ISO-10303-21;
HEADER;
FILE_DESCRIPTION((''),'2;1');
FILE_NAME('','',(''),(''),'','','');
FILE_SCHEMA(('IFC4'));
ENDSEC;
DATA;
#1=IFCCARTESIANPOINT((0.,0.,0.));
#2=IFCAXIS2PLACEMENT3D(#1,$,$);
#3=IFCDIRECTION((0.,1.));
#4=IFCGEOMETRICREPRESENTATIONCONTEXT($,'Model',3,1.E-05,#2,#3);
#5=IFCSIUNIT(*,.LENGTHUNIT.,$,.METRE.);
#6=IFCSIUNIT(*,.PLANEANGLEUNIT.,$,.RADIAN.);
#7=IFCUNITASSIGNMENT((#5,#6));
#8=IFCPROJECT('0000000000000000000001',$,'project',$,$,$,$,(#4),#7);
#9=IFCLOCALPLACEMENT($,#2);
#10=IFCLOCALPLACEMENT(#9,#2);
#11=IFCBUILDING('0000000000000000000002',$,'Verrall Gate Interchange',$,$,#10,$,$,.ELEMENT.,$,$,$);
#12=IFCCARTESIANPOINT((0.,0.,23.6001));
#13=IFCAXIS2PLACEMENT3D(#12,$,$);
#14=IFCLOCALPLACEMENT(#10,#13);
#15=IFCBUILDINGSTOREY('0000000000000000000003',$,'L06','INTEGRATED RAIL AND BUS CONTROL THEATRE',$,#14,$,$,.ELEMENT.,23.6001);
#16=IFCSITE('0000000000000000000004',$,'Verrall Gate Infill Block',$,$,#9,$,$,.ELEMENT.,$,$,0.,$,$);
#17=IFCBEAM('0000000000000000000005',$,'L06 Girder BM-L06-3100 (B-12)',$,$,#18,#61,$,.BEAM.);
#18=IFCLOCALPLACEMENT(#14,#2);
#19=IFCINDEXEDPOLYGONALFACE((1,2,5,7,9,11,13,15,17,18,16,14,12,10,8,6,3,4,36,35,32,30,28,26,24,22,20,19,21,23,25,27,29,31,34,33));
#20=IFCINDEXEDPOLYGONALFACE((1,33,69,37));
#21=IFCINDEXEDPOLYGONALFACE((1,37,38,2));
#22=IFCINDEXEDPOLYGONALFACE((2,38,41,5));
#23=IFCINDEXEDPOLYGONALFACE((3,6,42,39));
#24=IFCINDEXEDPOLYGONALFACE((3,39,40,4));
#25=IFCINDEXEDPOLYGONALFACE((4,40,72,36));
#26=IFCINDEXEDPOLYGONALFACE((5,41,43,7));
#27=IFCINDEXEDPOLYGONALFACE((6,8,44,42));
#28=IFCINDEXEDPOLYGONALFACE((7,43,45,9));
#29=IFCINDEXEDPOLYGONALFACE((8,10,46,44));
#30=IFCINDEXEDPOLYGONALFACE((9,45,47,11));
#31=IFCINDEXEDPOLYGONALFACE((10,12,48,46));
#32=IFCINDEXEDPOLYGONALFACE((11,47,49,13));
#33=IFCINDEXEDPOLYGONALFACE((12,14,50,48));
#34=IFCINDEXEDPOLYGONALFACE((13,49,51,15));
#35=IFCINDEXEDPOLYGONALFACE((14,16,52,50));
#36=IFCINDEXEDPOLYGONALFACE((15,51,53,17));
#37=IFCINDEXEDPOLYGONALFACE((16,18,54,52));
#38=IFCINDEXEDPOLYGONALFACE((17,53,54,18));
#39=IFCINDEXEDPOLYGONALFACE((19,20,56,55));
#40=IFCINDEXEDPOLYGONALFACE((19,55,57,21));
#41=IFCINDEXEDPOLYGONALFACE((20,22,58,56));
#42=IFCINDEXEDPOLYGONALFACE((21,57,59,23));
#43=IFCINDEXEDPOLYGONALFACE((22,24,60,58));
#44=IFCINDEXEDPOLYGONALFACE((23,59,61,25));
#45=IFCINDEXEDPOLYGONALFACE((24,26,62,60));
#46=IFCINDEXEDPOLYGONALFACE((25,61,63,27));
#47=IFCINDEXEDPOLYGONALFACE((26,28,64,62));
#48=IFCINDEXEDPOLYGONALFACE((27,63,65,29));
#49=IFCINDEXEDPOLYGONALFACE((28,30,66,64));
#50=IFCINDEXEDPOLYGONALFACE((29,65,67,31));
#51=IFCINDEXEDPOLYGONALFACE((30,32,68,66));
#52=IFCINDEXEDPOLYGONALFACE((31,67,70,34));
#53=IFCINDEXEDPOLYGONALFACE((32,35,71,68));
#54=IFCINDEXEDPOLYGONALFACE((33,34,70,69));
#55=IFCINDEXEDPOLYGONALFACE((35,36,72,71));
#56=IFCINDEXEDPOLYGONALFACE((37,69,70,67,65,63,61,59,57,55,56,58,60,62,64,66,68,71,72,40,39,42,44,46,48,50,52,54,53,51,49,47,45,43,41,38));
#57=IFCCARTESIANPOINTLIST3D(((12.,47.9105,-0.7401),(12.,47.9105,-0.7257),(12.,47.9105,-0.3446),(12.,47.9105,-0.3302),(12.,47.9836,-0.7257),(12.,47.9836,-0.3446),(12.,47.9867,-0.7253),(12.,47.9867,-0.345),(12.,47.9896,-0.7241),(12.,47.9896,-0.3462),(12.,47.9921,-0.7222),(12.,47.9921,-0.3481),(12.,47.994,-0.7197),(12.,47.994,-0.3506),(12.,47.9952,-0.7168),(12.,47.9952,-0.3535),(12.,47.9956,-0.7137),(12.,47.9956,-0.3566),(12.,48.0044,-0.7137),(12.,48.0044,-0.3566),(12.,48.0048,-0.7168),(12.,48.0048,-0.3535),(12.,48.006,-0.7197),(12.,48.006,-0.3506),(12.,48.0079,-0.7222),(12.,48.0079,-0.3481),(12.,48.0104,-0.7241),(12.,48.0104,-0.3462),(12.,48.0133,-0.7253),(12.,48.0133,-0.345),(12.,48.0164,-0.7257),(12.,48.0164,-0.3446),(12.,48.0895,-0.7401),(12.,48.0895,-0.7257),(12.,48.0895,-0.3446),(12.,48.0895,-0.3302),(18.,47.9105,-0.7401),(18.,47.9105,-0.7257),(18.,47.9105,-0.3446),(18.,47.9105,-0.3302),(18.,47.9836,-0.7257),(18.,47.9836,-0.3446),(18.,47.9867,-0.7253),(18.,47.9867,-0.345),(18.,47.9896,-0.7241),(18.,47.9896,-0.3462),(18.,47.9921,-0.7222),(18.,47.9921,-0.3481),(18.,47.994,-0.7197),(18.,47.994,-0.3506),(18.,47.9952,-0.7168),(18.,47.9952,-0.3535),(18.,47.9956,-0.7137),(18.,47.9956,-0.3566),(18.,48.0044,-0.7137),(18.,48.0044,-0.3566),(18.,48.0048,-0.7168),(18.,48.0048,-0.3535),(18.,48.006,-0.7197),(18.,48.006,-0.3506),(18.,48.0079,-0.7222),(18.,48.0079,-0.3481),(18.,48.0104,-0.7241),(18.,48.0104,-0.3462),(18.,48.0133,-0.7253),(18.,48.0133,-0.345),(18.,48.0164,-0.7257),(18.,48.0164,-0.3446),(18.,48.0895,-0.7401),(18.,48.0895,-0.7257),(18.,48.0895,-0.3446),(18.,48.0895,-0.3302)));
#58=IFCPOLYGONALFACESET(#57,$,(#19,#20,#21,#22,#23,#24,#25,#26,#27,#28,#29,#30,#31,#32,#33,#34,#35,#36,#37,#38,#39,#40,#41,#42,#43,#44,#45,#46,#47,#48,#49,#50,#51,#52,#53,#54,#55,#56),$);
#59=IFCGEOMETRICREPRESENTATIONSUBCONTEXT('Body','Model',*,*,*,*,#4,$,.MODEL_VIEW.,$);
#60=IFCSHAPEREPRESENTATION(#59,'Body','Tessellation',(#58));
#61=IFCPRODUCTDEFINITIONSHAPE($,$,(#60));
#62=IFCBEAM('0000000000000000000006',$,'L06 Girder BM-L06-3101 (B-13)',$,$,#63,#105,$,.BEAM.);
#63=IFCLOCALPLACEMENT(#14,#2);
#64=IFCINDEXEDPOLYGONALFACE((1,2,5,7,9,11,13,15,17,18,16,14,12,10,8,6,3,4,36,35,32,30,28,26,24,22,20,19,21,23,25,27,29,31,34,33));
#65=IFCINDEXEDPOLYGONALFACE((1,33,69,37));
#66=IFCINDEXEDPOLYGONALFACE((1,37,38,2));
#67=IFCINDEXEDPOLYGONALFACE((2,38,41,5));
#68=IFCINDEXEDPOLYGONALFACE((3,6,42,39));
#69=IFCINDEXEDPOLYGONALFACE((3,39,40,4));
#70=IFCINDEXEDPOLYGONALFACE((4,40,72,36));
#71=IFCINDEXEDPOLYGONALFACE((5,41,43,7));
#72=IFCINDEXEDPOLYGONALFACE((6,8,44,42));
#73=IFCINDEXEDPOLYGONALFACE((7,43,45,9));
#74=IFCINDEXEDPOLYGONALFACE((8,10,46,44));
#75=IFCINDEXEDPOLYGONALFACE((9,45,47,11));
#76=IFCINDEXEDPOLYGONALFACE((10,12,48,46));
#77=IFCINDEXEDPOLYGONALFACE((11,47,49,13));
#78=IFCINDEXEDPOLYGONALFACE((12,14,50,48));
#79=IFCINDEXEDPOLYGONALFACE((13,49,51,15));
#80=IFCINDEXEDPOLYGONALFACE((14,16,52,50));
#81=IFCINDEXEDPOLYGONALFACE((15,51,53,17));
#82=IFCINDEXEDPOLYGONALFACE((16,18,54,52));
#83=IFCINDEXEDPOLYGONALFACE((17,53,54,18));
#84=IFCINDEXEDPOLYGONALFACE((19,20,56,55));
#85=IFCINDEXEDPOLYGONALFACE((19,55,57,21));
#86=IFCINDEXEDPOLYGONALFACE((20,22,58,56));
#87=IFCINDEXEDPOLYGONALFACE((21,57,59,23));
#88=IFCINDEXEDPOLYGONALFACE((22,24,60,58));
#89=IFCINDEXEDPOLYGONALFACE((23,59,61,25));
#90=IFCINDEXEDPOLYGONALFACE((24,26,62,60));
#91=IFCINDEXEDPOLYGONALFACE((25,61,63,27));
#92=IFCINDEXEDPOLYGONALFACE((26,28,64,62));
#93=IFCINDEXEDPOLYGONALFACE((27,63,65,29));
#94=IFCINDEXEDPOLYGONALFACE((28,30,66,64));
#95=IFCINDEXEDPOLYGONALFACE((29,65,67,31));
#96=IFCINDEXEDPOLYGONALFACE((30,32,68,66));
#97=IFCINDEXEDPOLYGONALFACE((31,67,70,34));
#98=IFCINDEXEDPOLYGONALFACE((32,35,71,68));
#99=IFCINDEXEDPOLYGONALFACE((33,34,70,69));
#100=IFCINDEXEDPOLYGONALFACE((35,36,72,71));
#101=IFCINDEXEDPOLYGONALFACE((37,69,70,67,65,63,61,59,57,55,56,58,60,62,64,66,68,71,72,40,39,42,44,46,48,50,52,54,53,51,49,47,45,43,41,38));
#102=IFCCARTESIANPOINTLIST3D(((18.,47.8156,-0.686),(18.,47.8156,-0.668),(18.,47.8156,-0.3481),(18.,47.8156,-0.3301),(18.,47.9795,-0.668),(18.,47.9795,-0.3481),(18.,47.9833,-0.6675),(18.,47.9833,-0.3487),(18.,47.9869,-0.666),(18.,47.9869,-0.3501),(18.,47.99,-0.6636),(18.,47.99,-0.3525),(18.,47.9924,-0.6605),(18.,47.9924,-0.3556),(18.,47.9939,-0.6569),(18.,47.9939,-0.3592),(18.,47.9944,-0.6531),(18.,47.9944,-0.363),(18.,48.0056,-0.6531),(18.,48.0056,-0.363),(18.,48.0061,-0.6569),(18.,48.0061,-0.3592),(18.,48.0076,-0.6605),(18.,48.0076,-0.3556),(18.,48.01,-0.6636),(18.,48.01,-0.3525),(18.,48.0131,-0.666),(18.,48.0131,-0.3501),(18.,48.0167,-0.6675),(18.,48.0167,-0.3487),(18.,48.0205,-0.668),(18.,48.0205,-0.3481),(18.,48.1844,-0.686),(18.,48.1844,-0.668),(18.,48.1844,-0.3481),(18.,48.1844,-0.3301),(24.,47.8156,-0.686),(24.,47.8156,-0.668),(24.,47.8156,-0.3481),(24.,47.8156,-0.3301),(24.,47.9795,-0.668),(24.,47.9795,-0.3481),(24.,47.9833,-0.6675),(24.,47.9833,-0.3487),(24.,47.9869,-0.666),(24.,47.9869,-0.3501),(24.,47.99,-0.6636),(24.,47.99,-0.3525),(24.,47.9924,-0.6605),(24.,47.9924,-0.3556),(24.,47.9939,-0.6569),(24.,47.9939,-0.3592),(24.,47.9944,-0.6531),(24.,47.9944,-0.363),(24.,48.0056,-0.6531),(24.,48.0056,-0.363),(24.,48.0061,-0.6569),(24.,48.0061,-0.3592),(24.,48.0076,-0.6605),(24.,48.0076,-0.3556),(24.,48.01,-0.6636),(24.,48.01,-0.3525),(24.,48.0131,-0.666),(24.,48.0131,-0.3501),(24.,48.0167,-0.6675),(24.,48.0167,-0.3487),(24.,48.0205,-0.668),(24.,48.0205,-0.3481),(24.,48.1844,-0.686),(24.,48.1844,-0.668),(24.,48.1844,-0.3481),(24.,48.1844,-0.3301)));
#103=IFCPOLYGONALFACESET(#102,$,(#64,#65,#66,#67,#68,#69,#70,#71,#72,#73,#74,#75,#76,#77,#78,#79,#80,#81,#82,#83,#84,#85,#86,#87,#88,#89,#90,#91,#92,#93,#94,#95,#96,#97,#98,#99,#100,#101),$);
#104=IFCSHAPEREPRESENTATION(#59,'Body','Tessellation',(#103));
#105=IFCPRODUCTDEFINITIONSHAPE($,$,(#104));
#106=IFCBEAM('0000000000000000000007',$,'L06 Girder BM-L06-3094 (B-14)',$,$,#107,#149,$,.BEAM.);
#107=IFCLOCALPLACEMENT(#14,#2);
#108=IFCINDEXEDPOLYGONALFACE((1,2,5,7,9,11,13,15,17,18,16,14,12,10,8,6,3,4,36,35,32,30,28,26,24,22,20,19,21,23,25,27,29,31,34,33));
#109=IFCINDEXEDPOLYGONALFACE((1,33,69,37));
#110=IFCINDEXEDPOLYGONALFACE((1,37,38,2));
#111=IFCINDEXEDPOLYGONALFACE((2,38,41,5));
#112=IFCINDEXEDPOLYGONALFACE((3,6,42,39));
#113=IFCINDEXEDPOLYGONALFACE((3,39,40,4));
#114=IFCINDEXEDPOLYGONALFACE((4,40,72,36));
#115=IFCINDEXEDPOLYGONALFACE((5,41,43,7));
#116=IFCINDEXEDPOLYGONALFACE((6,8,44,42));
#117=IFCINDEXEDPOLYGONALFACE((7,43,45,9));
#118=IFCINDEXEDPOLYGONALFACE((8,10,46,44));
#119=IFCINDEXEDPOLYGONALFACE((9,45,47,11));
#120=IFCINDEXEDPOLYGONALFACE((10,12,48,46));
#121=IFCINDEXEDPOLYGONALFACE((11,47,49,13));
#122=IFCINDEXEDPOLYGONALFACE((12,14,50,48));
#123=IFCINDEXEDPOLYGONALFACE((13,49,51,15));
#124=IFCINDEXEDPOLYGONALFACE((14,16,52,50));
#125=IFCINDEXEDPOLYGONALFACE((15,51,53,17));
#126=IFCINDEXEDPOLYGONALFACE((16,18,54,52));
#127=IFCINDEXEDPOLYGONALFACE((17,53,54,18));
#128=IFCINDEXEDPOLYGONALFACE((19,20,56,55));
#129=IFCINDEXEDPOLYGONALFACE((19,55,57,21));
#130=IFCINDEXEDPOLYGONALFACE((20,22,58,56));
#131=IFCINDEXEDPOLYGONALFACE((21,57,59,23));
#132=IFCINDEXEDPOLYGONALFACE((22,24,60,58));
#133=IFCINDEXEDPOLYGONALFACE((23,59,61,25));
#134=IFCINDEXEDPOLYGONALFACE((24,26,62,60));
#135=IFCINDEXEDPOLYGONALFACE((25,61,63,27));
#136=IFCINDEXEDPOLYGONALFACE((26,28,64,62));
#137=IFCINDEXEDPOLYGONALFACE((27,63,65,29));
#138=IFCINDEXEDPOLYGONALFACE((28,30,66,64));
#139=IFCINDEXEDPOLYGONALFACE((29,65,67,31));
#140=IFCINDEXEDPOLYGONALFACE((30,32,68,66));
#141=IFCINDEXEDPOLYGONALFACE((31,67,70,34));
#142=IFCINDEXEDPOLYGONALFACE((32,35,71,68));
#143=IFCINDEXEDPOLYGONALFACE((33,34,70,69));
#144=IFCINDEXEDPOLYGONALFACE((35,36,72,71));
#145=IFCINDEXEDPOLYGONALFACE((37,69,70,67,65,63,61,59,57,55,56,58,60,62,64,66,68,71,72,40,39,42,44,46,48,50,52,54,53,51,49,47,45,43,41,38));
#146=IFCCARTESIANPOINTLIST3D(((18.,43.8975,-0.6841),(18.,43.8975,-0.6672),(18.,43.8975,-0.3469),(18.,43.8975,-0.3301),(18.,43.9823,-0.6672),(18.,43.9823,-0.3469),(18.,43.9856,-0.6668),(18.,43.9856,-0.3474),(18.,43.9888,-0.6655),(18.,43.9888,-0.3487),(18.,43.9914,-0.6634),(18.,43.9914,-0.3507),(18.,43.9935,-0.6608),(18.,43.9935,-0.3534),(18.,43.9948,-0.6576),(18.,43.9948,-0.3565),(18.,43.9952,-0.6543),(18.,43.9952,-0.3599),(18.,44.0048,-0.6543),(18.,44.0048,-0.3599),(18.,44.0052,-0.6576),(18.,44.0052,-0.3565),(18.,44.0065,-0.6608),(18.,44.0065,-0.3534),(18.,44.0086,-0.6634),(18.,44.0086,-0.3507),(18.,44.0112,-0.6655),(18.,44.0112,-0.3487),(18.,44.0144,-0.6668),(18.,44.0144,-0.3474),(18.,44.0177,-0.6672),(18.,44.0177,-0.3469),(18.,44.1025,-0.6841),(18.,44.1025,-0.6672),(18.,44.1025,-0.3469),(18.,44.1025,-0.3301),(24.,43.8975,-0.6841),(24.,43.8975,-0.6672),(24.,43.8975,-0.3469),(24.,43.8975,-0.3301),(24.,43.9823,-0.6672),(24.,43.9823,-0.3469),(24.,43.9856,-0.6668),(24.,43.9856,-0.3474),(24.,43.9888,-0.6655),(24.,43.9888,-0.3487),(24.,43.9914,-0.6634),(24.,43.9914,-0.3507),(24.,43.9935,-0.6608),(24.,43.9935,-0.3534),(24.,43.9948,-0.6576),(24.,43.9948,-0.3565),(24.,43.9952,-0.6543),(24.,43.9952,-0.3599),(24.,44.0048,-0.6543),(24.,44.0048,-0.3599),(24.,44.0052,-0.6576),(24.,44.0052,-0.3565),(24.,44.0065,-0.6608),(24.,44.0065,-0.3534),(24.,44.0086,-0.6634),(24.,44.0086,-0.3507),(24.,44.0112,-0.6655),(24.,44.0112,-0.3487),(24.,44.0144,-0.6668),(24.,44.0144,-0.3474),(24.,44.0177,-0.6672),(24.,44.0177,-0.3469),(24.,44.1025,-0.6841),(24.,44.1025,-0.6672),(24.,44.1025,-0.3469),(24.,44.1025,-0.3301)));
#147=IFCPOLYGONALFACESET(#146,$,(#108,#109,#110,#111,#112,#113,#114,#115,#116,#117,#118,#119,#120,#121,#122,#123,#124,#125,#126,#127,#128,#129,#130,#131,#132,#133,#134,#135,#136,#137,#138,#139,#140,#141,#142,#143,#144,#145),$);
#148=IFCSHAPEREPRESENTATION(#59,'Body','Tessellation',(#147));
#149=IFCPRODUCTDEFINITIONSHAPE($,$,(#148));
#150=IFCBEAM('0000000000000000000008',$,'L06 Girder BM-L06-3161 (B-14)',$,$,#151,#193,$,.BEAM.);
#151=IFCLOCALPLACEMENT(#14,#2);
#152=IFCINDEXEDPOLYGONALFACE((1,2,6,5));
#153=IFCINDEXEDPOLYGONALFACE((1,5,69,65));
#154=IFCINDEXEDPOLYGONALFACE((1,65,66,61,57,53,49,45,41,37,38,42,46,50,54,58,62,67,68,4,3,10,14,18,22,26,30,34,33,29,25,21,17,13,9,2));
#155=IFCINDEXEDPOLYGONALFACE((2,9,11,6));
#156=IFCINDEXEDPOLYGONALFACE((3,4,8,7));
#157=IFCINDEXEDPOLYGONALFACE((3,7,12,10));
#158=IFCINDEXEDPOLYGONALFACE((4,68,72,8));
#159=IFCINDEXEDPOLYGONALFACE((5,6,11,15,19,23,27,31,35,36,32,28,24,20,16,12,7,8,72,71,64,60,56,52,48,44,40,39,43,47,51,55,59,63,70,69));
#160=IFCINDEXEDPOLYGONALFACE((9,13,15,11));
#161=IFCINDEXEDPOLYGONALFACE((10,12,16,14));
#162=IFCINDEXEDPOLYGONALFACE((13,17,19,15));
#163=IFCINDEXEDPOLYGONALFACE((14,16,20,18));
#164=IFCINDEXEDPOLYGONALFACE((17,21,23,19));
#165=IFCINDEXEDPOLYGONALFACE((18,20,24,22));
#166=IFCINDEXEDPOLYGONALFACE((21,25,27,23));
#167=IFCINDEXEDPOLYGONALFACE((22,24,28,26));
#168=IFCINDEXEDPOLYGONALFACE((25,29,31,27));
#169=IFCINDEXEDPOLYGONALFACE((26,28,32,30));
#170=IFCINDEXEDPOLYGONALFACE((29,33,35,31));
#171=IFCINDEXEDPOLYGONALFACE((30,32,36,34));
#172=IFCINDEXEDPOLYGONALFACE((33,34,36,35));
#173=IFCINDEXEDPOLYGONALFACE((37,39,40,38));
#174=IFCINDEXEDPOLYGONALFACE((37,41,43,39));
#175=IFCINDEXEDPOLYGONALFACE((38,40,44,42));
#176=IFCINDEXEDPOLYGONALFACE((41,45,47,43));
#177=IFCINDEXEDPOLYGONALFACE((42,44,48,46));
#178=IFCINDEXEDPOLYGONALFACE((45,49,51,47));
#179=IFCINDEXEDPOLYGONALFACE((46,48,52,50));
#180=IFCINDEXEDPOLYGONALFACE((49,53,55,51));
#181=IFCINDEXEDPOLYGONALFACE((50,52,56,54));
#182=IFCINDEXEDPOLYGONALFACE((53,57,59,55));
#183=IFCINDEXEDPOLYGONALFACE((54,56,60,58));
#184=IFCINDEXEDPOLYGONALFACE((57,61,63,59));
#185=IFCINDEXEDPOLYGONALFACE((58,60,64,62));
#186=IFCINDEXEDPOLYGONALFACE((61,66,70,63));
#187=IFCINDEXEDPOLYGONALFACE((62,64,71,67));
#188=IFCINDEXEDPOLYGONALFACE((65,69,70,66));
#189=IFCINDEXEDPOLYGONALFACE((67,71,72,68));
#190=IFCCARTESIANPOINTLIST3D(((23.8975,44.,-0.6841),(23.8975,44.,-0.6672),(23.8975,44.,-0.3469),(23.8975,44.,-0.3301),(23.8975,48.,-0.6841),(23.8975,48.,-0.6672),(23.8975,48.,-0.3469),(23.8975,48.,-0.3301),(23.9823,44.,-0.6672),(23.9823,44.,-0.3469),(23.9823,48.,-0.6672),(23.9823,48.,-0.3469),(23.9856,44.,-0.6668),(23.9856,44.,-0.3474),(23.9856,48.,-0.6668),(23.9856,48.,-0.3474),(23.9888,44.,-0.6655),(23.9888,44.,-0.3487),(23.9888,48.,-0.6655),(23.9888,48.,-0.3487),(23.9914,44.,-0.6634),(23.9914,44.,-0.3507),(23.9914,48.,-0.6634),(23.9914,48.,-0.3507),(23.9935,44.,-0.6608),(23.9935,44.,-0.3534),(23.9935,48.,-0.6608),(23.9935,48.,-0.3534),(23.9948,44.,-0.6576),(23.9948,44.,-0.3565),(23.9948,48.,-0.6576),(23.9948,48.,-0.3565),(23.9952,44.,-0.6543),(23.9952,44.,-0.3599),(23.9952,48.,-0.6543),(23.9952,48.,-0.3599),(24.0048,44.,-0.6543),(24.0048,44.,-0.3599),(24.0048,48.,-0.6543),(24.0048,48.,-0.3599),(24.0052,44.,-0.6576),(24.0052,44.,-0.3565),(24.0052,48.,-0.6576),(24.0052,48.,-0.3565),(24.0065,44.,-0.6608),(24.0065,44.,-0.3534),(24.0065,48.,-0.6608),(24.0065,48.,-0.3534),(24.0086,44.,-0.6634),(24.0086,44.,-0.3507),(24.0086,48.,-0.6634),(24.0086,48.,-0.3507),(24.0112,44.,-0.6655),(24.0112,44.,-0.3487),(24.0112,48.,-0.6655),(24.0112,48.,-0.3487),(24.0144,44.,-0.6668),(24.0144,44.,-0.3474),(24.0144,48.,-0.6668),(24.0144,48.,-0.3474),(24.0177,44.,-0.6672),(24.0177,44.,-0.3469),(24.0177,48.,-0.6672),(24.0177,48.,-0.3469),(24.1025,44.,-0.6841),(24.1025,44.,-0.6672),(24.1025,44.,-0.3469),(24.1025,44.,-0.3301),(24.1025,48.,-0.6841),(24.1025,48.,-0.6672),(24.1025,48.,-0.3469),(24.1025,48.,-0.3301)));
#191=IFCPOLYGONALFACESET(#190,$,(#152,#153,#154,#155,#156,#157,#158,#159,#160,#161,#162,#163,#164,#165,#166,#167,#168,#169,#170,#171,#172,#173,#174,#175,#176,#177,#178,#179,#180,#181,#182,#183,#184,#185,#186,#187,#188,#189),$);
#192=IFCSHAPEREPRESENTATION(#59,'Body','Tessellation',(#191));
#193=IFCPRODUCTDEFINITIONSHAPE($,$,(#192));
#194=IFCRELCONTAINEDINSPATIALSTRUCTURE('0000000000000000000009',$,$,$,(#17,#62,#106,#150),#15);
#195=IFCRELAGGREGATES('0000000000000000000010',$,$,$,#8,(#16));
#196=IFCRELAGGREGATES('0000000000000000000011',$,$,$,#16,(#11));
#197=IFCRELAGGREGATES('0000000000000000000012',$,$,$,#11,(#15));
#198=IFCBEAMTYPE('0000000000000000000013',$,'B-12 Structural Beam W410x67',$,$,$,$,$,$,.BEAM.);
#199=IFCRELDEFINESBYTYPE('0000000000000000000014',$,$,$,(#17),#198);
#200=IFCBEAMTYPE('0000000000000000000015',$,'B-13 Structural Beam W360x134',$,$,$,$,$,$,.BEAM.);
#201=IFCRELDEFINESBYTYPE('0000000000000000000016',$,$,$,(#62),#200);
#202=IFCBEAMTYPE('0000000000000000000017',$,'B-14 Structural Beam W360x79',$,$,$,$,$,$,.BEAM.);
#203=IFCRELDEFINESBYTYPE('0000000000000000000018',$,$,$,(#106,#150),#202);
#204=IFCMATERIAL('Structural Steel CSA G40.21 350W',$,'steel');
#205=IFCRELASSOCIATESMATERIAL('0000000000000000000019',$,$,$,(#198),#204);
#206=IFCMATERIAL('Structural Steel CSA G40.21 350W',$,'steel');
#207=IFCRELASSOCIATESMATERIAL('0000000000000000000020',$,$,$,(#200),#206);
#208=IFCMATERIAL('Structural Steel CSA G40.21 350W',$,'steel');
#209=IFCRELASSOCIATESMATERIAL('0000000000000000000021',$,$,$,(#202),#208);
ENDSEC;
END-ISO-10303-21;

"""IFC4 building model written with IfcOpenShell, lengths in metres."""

from ifc_helpers import new_model, si_unit, direction, frame, origin, origin_2d, place, context, subcontext, project, spatial, i_section, extrude, material, material_profile, profile_set, type_object, element, save


model = new_model("IFC4")

# Units and contexts
model_context = context("Model", 3, precision=1e-05, world=origin(), true_north=direction((0.0, 1.0)))
body_context = subcontext(model_context, "Body", "Model", "MODEL_VIEW")
ifc_project = project(units=[si_unit("LENGTHUNIT", "METRE"), si_unit("PLANEANGLEUNIT", "RADIAN")], contexts=[model_context])

# Site, building, storey
site_placement = place(None, origin())
site = spatial("IfcSite", under=ifc_project, at=site_placement, Name="Verrall Gate Infill Block", CompositionType="ELEMENT", RefElevation=0.0)
building_placement = place(site_placement, origin())
building = spatial("IfcBuilding", under=site, at=building_placement, Name="Verrall Gate Interchange", CompositionType="ELEMENT")
storey_placement = place(building_placement, frame((0.0, 0.0, 23.6001)))
storey = spatial("IfcBuildingStorey", under=building, at=storey_placement, Name="L06", Description="INTEGRATED RAIL AND BUS CONTROL THEATRE", CompositionType="ELEMENT", Elevation=23.6001)

# Beams
ifc_material_1 = material(Name="Structural Steel CSA G40.21 350W", Category="steel")
ifc_material_profile_1 = material_profile(ifc_material_1, i_section(OverallWidth=0.179, OverallDepth=0.4099, WebThickness=0.0088, FlangeThickness=0.0144, FilletRadius=0.012, at=origin_2d()), Name="W410x67")
ifc_profile_set_1 = profile_set([ifc_material_profile_1], Name="Structural Steel CSA G40.21 350W")
beam_type_1 = type_object("IfcBeamType", Name="B-12 Structural Beam W410x67", PredefinedType="BEAM", material=ifc_profile_set_1)
beam_1_placement = place(storey_placement, frame((12.0, 48.0, -0.5352), z_axis=(1.0, 0.0, 0.0), x_axis=(0.0, 1.0, 0.0)))
element("IfcBeam", 1, at=beam_1_placement, inside=storey, type_object=beam_type_1, Name="L06 Girder BM-L06-3100 (B-12)", PredefinedType="BEAM", context=body_context, shape_type="SweptSolid", body=[
    extrude(i_section(OverallWidth=0.179, OverallDepth=0.4099, WebThickness=0.0088, FlangeThickness=0.0144, FilletRadius=0.012, at=origin_2d()), origin(), (0.0, 0.0, 1.0), 6.0),
])
ifc_material_2 = material(Name="Structural Steel CSA G40.21 350W", Category="steel")
ifc_material_profile_2 = material_profile(ifc_material_2, i_section(OverallWidth=0.3689, OverallDepth=0.356, WebThickness=0.0112, FlangeThickness=0.0181, FilletRadius=0.0149, at=origin_2d()), Name="W360x134")
ifc_profile_set_2 = profile_set([ifc_material_profile_2], Name="Structural Steel CSA G40.21 350W")
beam_type_2 = type_object("IfcBeamType", Name="B-13 Structural Beam W360x134", PredefinedType="BEAM", material=ifc_profile_set_2)
beam_2_placement = place(storey_placement, frame((18.0, 48.0, -0.5081), z_axis=(1.0, 0.0, 0.0), x_axis=(0.0, 1.0, 0.0)))
element("IfcBeam", 2, at=beam_2_placement, inside=storey, type_object=beam_type_2, Name="L06 Girder BM-L06-3101 (B-13)", PredefinedType="BEAM", context=body_context, shape_type="SweptSolid", body=[
    extrude(i_section(OverallWidth=0.3689, OverallDepth=0.356, WebThickness=0.0112, FlangeThickness=0.0181, FilletRadius=0.0149, at=origin_2d()), origin(), (0.0, 0.0, 1.0), 6.0),
])
ifc_material_3 = material(Name="Structural Steel CSA G40.21 350W", Category="steel")
ifc_material_profile_3 = material_profile(ifc_material_3, i_section(OverallWidth=0.2051, OverallDepth=0.354, WebThickness=0.0095, FlangeThickness=0.0168, FilletRadius=0.0129, at=origin_2d()), Name="W360x79")
ifc_profile_set_3 = profile_set([ifc_material_profile_3], Name="Structural Steel CSA G40.21 350W")
beam_type_3 = type_object("IfcBeamType", Name="B-14 Structural Beam W360x79", PredefinedType="BEAM", material=ifc_profile_set_3)
beam_3_placement = place(storey_placement, frame((18.0, 44.0, -0.5071), z_axis=(1.0, 0.0, 0.0), x_axis=(0.0, 1.0, 0.0)))
element("IfcBeam", 3, at=beam_3_placement, inside=storey, type_object=beam_type_3, Name="L06 Girder BM-L06-3094 (B-14)", PredefinedType="BEAM", context=body_context, shape_type="SweptSolid", body=[
    extrude(i_section(OverallWidth=0.2051, OverallDepth=0.354, WebThickness=0.0095, FlangeThickness=0.0168, FilletRadius=0.0129, at=origin_2d()), origin(), (0.0, 0.0, 1.0), 6.0),
])
beam_4_placement = place(storey_placement, frame((24.0, 44.0, -0.5071), z_axis=(0.0, 1.0, 0.0), x_axis=(-1.0, 0.0, 0.0)))
element("IfcBeam", 4, at=beam_4_placement, inside=storey, type_object=beam_type_3, Name="L06 Girder BM-L06-3161 (B-14)", PredefinedType="BEAM", context=body_context, shape_type="SweptSolid", body=[
    extrude(i_section(OverallWidth=0.2051, OverallDepth=0.354, WebThickness=0.0095, FlangeThickness=0.0168, FilletRadius=0.0129, at=origin_2d()), origin(), (0.0, 0.0, 1.0), 4.0),
])

save(model, "model.ifc")
